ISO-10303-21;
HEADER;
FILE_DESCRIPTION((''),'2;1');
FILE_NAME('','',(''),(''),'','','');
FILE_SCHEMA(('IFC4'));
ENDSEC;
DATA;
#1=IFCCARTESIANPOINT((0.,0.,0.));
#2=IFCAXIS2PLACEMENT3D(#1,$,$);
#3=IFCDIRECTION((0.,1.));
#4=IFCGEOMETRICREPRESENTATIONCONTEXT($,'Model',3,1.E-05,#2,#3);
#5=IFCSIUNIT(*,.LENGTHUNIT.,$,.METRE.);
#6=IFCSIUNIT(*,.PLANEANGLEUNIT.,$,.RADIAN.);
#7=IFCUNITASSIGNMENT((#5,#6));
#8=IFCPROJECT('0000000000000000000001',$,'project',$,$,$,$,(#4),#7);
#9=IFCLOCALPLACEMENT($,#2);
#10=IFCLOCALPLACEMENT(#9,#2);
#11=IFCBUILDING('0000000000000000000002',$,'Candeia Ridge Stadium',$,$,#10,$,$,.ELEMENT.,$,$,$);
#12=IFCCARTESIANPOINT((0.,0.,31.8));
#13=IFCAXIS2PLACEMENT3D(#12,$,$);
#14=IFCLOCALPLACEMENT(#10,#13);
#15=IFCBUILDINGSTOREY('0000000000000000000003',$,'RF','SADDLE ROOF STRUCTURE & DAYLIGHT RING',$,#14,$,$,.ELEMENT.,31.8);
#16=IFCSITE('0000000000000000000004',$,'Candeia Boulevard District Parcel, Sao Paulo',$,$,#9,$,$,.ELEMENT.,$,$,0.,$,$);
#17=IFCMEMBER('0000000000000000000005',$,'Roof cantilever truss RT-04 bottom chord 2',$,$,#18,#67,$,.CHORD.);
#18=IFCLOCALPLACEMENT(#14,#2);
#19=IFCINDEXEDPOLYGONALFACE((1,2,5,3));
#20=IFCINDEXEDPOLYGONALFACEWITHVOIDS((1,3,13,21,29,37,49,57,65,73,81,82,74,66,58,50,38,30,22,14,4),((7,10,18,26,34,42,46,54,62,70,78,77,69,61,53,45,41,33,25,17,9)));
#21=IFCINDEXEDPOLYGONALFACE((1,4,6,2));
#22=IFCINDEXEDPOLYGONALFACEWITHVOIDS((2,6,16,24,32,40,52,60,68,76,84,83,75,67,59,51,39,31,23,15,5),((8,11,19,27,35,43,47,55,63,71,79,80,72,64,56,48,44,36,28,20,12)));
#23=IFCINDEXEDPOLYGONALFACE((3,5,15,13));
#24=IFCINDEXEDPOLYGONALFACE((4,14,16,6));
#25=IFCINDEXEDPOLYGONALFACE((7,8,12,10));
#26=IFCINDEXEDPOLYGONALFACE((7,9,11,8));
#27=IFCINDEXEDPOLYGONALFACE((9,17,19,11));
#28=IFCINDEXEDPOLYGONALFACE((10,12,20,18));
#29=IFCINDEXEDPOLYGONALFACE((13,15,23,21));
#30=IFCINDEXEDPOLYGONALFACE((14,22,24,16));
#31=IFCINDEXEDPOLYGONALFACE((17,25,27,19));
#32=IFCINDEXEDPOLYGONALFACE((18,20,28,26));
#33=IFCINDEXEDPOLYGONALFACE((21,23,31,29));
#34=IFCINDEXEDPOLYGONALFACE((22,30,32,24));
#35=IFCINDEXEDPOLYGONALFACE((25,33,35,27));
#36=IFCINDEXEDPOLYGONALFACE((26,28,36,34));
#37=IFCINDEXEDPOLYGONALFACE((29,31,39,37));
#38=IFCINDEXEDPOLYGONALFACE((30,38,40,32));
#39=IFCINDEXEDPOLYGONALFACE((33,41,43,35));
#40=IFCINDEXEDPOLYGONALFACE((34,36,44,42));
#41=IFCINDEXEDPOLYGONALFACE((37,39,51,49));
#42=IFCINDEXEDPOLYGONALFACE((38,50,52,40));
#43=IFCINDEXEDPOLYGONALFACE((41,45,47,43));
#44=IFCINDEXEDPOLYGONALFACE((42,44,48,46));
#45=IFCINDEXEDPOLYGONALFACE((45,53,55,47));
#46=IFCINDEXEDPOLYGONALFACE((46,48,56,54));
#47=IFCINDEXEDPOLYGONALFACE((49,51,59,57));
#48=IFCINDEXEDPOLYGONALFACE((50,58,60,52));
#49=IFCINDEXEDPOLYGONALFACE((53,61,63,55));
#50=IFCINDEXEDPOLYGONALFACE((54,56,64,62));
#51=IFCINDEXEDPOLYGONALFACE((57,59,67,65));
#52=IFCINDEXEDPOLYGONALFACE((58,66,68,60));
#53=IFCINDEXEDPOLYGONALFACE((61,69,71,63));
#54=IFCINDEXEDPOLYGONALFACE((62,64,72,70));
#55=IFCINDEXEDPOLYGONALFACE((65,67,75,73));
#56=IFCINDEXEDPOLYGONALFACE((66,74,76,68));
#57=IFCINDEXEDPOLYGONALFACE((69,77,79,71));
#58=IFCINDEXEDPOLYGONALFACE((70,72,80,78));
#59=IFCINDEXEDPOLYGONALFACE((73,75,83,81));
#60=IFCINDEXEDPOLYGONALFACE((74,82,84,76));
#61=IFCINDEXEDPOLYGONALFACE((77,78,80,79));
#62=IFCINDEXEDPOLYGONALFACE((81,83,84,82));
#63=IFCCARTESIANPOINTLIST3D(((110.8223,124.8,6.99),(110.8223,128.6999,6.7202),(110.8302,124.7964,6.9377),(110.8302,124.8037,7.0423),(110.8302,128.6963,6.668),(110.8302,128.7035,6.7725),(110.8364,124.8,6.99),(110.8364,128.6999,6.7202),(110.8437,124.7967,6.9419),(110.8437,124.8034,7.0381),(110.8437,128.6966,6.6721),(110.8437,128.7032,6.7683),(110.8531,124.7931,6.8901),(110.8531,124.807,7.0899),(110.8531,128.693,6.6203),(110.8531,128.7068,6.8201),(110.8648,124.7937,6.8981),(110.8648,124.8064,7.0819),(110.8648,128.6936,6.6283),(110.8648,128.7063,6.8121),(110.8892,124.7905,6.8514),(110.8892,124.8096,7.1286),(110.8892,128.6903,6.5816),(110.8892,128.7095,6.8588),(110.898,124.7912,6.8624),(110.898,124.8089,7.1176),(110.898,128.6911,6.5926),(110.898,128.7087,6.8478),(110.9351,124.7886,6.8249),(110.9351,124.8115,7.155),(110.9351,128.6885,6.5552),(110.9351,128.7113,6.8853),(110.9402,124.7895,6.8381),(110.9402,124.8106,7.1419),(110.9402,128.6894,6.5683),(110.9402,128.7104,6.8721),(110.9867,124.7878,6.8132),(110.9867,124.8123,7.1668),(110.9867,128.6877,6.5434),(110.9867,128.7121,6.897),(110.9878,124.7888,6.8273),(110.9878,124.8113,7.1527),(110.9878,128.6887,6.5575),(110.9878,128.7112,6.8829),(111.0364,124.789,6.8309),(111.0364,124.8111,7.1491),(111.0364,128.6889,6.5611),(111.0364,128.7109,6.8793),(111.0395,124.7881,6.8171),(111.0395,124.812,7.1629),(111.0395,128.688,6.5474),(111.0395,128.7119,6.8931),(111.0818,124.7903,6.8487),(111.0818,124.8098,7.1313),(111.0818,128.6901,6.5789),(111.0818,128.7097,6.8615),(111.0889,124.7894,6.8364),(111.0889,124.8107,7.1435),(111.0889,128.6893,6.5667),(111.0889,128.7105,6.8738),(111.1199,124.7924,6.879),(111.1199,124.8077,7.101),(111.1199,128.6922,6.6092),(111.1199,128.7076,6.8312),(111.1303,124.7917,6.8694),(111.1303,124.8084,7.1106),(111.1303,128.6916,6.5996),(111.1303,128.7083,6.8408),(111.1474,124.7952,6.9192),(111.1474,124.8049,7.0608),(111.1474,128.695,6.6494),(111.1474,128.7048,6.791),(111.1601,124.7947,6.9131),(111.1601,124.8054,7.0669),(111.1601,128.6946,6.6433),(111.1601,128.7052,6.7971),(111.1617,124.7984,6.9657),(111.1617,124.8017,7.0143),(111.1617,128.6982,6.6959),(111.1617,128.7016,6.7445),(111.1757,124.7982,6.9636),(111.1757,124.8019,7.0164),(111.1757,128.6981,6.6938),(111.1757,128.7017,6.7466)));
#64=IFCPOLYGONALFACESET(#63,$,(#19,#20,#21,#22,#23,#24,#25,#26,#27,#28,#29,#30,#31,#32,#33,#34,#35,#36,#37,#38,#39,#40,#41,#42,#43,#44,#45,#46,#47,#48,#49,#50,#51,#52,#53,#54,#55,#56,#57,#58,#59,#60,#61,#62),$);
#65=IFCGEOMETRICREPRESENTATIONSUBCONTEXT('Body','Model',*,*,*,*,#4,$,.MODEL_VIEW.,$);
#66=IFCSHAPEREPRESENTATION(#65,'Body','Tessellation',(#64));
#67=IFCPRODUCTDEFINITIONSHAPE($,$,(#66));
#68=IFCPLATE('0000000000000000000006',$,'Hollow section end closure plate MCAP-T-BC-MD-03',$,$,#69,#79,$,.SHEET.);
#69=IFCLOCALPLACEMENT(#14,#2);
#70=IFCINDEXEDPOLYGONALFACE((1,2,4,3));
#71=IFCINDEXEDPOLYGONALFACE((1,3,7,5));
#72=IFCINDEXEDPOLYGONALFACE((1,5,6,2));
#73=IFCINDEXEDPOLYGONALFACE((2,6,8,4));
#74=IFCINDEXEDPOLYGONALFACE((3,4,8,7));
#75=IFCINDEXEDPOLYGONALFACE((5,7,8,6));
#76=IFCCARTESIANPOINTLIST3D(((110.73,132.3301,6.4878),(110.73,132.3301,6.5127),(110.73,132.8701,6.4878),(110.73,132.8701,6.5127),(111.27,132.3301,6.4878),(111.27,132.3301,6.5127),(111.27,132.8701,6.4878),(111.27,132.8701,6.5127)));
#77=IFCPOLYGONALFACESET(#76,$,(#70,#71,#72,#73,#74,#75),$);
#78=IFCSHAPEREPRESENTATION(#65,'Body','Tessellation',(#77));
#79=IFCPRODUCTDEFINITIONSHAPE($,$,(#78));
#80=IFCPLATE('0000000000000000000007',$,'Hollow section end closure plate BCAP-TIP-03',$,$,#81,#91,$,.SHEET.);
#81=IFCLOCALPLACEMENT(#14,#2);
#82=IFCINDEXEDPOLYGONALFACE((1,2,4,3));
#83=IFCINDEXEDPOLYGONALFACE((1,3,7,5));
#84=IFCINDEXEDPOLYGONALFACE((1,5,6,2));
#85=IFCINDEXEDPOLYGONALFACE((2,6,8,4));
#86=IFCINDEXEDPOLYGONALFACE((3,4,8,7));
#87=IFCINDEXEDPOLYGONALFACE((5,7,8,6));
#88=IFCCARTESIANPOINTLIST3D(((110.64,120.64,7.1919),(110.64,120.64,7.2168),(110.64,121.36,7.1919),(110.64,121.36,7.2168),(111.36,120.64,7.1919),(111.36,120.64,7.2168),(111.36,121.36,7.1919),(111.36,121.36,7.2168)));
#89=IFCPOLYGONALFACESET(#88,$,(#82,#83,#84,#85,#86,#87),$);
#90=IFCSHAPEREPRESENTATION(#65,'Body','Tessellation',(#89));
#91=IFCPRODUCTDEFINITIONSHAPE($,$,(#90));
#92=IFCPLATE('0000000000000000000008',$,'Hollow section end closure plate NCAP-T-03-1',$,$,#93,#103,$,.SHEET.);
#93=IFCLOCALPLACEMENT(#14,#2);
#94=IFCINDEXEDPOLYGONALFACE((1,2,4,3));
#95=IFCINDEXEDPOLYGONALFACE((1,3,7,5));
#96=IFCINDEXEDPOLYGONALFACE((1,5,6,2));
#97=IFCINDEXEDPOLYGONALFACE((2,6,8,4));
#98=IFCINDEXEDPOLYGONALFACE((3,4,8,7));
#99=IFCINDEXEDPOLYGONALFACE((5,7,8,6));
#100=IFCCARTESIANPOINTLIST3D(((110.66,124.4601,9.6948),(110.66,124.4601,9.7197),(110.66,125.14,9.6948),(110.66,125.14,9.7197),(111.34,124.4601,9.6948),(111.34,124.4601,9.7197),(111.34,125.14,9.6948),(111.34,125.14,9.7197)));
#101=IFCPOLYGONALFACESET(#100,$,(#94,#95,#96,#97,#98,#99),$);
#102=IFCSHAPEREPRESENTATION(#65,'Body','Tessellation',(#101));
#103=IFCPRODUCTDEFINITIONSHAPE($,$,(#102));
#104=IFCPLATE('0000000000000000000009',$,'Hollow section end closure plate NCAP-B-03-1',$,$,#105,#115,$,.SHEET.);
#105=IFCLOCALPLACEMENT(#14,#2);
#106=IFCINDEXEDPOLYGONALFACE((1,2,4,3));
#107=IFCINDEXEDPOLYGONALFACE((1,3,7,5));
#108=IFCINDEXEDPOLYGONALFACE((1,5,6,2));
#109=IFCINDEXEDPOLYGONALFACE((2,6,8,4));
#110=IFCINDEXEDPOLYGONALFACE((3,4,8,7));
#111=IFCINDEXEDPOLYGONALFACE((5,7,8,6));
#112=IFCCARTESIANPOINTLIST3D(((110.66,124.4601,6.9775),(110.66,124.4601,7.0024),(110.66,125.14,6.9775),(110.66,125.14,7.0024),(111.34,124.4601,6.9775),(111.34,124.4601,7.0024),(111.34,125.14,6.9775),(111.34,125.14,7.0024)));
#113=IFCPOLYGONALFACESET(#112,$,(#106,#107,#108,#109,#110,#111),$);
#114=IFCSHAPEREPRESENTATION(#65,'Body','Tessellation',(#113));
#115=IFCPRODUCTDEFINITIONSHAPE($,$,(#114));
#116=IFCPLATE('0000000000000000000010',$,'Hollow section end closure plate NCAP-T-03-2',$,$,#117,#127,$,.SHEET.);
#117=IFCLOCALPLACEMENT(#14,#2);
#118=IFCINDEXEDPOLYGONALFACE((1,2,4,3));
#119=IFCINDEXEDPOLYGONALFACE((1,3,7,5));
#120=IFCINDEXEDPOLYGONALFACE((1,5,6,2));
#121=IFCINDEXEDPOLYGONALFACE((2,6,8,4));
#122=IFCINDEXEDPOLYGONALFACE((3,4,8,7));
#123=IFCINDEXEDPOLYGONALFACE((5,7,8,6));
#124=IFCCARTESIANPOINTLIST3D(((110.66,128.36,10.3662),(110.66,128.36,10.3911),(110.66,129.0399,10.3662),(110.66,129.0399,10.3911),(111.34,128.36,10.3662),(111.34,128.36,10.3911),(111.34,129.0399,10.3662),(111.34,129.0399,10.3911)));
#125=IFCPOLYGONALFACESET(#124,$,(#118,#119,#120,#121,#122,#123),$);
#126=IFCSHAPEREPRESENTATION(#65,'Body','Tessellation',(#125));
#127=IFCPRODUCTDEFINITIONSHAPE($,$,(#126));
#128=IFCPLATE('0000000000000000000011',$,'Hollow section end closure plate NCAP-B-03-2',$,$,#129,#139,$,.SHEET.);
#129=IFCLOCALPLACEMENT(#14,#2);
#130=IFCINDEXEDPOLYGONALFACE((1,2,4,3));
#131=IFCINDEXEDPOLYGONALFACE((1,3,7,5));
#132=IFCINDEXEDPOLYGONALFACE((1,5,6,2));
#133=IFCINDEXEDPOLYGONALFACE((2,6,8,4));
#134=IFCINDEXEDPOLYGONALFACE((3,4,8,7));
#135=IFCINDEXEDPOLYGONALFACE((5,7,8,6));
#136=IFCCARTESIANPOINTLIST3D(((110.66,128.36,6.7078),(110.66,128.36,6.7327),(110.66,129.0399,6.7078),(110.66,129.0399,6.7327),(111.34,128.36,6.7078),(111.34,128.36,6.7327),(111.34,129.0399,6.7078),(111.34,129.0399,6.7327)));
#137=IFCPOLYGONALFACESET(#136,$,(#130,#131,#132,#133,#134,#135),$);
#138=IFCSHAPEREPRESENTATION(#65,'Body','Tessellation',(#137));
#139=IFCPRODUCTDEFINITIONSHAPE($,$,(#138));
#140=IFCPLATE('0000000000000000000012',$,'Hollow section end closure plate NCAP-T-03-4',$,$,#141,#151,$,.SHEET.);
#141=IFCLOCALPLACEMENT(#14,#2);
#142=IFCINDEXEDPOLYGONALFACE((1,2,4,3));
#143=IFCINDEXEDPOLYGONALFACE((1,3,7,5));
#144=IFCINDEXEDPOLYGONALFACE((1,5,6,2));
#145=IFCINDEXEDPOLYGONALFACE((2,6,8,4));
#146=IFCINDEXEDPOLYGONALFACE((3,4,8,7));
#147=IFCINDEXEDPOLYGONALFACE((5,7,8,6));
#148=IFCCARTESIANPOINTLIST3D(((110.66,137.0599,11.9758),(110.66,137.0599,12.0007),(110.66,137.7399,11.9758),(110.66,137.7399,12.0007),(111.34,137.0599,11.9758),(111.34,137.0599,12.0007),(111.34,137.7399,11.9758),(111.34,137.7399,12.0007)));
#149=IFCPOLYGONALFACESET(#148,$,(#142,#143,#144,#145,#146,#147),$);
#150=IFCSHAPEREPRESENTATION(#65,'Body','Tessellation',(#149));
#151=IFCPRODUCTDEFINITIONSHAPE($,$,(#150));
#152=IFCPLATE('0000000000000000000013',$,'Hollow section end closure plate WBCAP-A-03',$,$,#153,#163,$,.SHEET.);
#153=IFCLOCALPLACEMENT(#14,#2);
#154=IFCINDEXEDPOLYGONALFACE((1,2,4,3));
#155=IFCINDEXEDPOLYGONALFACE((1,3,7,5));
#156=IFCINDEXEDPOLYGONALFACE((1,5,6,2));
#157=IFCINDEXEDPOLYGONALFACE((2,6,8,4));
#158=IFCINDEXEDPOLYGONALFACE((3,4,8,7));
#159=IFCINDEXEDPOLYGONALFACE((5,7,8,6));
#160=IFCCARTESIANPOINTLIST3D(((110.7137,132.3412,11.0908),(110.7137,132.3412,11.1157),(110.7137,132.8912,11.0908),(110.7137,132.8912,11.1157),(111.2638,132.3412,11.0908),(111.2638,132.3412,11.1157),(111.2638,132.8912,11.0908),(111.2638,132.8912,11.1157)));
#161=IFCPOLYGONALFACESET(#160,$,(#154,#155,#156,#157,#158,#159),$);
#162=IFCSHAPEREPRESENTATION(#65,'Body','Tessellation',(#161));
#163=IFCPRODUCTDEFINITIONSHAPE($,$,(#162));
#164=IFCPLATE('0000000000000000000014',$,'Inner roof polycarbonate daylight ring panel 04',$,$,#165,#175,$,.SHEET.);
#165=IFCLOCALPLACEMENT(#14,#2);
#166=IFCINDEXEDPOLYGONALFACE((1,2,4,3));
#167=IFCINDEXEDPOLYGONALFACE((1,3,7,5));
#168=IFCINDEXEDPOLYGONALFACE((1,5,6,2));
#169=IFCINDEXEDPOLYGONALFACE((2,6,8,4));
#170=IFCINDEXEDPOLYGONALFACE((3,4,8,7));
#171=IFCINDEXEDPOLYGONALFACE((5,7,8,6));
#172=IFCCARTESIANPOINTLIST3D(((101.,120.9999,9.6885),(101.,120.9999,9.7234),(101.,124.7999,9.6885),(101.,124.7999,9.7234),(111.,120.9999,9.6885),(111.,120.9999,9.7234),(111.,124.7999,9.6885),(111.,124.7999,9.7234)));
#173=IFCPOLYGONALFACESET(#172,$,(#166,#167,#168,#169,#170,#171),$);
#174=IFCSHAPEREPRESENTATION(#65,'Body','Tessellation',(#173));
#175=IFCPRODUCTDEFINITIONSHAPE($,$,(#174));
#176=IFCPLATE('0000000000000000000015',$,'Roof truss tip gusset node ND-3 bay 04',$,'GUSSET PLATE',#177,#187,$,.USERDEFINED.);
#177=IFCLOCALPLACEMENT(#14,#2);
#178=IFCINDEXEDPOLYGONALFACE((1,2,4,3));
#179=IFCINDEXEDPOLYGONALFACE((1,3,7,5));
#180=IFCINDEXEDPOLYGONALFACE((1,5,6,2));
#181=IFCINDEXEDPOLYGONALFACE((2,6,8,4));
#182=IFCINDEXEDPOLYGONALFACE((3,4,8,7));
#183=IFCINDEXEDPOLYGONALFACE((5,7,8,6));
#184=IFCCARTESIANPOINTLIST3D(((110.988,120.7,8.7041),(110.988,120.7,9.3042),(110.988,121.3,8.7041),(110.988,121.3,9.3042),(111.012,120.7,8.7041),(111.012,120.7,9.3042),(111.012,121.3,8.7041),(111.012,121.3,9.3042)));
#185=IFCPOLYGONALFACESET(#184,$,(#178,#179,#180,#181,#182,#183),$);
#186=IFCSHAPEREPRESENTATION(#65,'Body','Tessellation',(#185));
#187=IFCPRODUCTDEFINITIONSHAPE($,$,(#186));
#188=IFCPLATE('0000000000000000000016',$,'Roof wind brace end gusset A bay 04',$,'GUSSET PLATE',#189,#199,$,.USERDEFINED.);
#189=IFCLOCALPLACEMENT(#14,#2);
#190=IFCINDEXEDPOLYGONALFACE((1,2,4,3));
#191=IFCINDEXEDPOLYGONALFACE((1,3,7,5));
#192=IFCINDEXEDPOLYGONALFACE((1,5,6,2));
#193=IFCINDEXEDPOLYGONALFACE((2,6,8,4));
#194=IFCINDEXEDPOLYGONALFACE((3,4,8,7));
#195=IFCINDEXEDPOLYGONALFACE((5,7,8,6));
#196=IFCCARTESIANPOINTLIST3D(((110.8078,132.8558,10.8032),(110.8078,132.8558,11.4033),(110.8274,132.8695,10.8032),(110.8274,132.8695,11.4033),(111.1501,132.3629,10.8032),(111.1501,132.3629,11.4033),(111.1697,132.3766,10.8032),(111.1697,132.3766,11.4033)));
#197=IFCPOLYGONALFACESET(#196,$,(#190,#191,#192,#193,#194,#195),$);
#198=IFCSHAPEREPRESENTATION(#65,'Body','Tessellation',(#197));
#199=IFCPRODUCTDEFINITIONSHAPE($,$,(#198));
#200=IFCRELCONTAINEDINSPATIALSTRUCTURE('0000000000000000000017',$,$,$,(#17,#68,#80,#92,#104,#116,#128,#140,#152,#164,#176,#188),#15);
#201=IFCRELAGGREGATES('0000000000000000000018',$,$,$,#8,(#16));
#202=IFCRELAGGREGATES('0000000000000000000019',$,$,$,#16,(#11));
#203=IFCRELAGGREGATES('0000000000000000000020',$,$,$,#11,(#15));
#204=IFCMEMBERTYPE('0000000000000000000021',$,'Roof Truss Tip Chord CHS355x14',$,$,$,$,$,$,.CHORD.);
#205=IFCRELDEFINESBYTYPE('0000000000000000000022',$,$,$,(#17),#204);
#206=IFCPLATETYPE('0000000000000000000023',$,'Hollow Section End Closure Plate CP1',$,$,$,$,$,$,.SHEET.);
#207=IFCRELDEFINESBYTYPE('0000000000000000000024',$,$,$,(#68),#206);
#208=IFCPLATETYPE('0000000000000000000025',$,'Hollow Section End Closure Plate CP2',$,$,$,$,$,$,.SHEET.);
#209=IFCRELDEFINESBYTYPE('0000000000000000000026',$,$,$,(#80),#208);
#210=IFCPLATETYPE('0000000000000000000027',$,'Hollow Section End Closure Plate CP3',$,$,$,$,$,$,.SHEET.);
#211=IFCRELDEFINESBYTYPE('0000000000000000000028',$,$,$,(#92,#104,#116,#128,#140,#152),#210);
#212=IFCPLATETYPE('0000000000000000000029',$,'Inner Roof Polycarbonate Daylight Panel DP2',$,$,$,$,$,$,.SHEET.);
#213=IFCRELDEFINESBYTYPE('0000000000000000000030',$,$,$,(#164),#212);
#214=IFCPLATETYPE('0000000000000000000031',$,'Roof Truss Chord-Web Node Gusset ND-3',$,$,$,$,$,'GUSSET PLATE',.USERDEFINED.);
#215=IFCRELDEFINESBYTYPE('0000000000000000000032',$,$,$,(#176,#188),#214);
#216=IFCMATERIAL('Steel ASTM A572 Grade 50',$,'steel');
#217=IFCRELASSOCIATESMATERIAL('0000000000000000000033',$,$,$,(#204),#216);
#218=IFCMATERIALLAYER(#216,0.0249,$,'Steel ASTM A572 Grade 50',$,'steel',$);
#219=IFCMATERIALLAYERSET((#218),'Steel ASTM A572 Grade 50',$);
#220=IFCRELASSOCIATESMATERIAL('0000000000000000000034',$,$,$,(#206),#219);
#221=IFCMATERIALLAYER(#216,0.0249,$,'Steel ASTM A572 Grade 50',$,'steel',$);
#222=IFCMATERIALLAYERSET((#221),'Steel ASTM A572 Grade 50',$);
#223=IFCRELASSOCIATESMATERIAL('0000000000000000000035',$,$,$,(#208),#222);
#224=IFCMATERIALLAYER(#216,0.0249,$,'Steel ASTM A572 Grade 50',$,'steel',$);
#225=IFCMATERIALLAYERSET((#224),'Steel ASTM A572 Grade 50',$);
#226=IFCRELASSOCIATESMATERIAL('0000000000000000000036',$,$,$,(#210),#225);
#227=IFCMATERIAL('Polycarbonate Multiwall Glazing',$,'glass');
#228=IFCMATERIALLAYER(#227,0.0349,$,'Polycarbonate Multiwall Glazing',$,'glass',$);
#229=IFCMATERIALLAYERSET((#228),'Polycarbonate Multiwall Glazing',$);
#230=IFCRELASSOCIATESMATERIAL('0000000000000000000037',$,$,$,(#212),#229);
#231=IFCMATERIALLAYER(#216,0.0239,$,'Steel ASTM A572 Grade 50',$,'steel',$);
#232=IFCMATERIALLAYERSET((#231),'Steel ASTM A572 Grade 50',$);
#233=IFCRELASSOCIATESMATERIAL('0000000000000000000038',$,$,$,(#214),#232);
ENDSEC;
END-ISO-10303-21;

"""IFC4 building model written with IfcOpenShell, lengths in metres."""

from ifc_helpers import new_model, si_unit, direction, frame, origin, origin_2d, place, context, subcontext, project, spatial, rectangle, hollow_circle, extrude, material, layer, layer_set, material_profile, profile_set, type_object, element, save


model = new_model("IFC4")

# Units and contexts
model_context = context("Model", 3, precision=1e-05, world=origin(), true_north=direction((0.0, 1.0)))
body_context = subcontext(model_context, "Body", "Model", "MODEL_VIEW")
ifc_project = project(units=[si_unit("LENGTHUNIT", "METRE"), si_unit("PLANEANGLEUNIT", "RADIAN")], contexts=[model_context])

# Site, building, storey
site_placement = place(None, origin())
site = spatial("IfcSite", under=ifc_project, at=site_placement, Name="Candeia Boulevard District Parcel, Sao Paulo", CompositionType="ELEMENT", RefElevation=0.0)
building_placement = place(site_placement, origin())
building = spatial("IfcBuilding", under=site, at=building_placement, Name="Candeia Ridge Stadium", CompositionType="ELEMENT")
storey_placement = place(building_placement, frame((0.0, 0.0, 31.8)))
storey = spatial("IfcBuildingStorey", under=building, at=storey_placement, Name="RF", Description="SADDLE ROOF STRUCTURE & DAYLIGHT RING", CompositionType="ELEMENT", Elevation=31.8)

# Shared definitions
ifc_material_1 = material(Name="Steel ASTM A572 Grade 50", Category="steel")

# Member
ifc_material_profile_1 = material_profile(ifc_material_1, hollow_circle(Radius=0.1777, WallThickness=0.0142, at=origin_2d()), Name="CHS355x14", Category="steel")
ifc_profile_set_1 = profile_set([ifc_material_profile_1], Name="Steel ASTM A572 Grade 50")
member_type_1 = type_object("IfcMemberType", Name="Roof Truss Tip Chord CHS355x14", PredefinedType="CHORD", material=ifc_profile_set_1)
member_1_placement = place(storey_placement, frame((111.0, 124.8, 6.99), z_axis=(0.0, 0.997616, -0.06901), x_axis=(-1.0, 0.0, 0.0)))
element("IfcMember", 1, at=member_1_placement, inside=storey, type_object=member_type_1, Name="Roof cantilever truss RT-04 bottom chord 2", PredefinedType="CHORD", context=body_context, shape_type="SweptSolid", body=[
    extrude(hollow_circle(Radius=0.1777, WallThickness=0.0142, at=origin_2d()), origin(), (0.0, 0.0, 1.0), 3.9092),
])

# Plates
ifc_layer_1 = layer(ifc_material_1, 0.0249, Name="Steel ASTM A572 Grade 50", Category="steel")
ifc_layer_set_1 = layer_set([ifc_layer_1], Name="Steel ASTM A572 Grade 50")
plate_type_1 = type_object("IfcPlateType", Name="Hollow Section End Closure Plate CP1", PredefinedType="SHEET", material=ifc_layer_set_1)
plate_1_placement = place(storey_placement, frame((111.0, 132.6001, 6.4878), z_axis=(0.0, 0.0, 1.0), x_axis=(1.0, 0.0, 0.0)))
element("IfcPlate", 2, at=plate_1_placement, inside=storey, type_object=plate_type_1, Name="Hollow section end closure plate MCAP-T-BC-MD-03", PredefinedType="SHEET", context=body_context, shape_type="SweptSolid", body=[
    extrude(rectangle(XDim=0.54, YDim=0.54, at=origin_2d()), origin(), (0.0, 0.0, 1.0), 0.0249),
])
ifc_layer_2 = layer(ifc_material_1, 0.0249, Name="Steel ASTM A572 Grade 50", Category="steel")
ifc_layer_set_2 = layer_set([ifc_layer_2], Name="Steel ASTM A572 Grade 50")
plate_type_2 = type_object("IfcPlateType", Name="Hollow Section End Closure Plate CP2", PredefinedType="SHEET", material=ifc_layer_set_2)
plate_2_placement = place(storey_placement, frame((111.0, 121.0, 7.1919), z_axis=(0.0, 0.0, 1.0), x_axis=(1.0, 0.0, 0.0)))
element("IfcPlate", 3, at=plate_2_placement, inside=storey, type_object=plate_type_2, Name="Hollow section end closure plate BCAP-TIP-03", PredefinedType="SHEET", context=body_context, shape_type="SweptSolid", body=[
    extrude(rectangle(XDim=0.72, YDim=0.72, at=origin_2d()), origin(), (0.0, 0.0, 1.0), 0.0249),
])
ifc_layer_3 = layer(ifc_material_1, 0.0249, Name="Steel ASTM A572 Grade 50", Category="steel")
ifc_layer_set_3 = layer_set([ifc_layer_3], Name="Steel ASTM A572 Grade 50")
plate_type_3 = type_object("IfcPlateType", Name="Hollow Section End Closure Plate CP3", PredefinedType="SHEET", material=ifc_layer_set_3)
for number, where, z_axis, x_axis, name in (
    (4, (111.0, 124.8, 9.6948), (0.0, 0.0, 1.0), (1.0, 0.0, 0.0), "Hollow section end closure plate NCAP-T-03-1"),
    (5, (111.0, 124.8, 6.9775), (0.0, 0.0, 1.0), (1.0, 0.0, 0.0), "Hollow section end closure plate NCAP-B-03-1"),
    (6, (111.0, 128.7, 10.3662), (0.0, 0.0, 1.0), (1.0, 0.0, 0.0), "Hollow section end closure plate NCAP-T-03-2"),
    (7, (111.0, 128.7, 6.7078), (0.0, 0.0, 1.0), (1.0, 0.0, 0.0), "Hollow section end closure plate NCAP-B-03-2"),
    (8, (111.0, 137.3999, 11.9758), (0.0, 0.0, 1.0), (1.0, 0.0, 0.0), "Hollow section end closure plate NCAP-T-03-4"),
):
    element("IfcPlate", number, at=place(storey_placement, frame(where, z_axis=z_axis, x_axis=x_axis)), inside=storey, type_object=plate_type_3, Name=name, PredefinedType="SHEET", context=body_context, shape_type="SweptSolid", body=[
        extrude(rectangle(XDim=0.6799, YDim=0.6799, at=origin_2d()), origin(), (0.0, 0.0, 1.0), 0.0249),
    ])
plate_3_placement = place(storey_placement, frame((110.9888, 132.6162, 11.0908), z_axis=(0.0, 0.0, 1.0), x_axis=(1.0, 0.0, 0.0)))
element("IfcPlate", 9, at=plate_3_placement, inside=storey, type_object=plate_type_3, Name="Hollow section end closure plate WBCAP-A-03", PredefinedType="SHEET", context=body_context, shape_type="SweptSolid", body=[
    extrude(rectangle(XDim=0.55, YDim=0.55, at=origin_2d()), origin(), (0.0, 0.0, 1.0), 0.0249),
])
ifc_material_2 = material(Name="Polycarbonate Multiwall Glazing", Category="glass")
ifc_layer_4 = layer(ifc_material_2, 0.0349, Name="Polycarbonate Multiwall Glazing", Category="glass")
ifc_layer_set_4 = layer_set([ifc_layer_4], Name="Polycarbonate Multiwall Glazing")
plate_type_4 = type_object("IfcPlateType", Name="Inner Roof Polycarbonate Daylight Panel DP2", PredefinedType="SHEET", material=ifc_layer_set_4)
plate_4_placement = place(storey_placement, frame((106.0, 122.8999, 9.6885), z_axis=(0.0, 0.0, 1.0), x_axis=(-1.0, 0.0, 0.0)))
element("IfcPlate", 10, at=plate_4_placement, inside=storey, type_object=plate_type_4, Name="Inner roof polycarbonate daylight ring panel 04", PredefinedType="SHEET", context=body_context, shape_type="SweptSolid", body=[
    extrude(rectangle(XDim=10.0, YDim=3.8, at=origin_2d()), origin(), (0.0, 0.0, 1.0), 0.0349),
])
ifc_layer_5 = layer(ifc_material_1, 0.0239, Name="Steel ASTM A572 Grade 50", Category="steel")
ifc_layer_set_5 = layer_set([ifc_layer_5], Name="Steel ASTM A572 Grade 50")
plate_type_5 = type_object("IfcPlateType", Name="Roof Truss Chord-Web Node Gusset ND-3", ElementType="GUSSET PLATE", PredefinedType="USERDEFINED", material=ifc_layer_set_5)
for number, where, z_axis, x_axis, name in (
    (11, (111.0, 121.0, 8.7041), (0.0, 0.0, 1.0), (0.0, 1.0, 0.0), "Roof truss tip gusset node ND-3 bay 04"),
    (12, (110.9888, 132.6162, 10.8032), (0.0, 0.0, 1.0), (-0.570395, 0.82137, 0.0), "Roof wind brace end gusset A bay 04"),
):
    element("IfcPlate", number, at=place(storey_placement, frame(where, z_axis=z_axis, x_axis=x_axis)), inside=storey, type_object=plate_type_5, Name=name, ObjectType="GUSSET PLATE", PredefinedType="USERDEFINED", context=body_context, shape_type="SweptSolid", body=[
        extrude(rectangle(XDim=0.6001, YDim=0.0239, at=origin_2d()), origin(), (0.0, 0.0, 1.0), 0.6001),
    ])

save(model, "model.ifc")
